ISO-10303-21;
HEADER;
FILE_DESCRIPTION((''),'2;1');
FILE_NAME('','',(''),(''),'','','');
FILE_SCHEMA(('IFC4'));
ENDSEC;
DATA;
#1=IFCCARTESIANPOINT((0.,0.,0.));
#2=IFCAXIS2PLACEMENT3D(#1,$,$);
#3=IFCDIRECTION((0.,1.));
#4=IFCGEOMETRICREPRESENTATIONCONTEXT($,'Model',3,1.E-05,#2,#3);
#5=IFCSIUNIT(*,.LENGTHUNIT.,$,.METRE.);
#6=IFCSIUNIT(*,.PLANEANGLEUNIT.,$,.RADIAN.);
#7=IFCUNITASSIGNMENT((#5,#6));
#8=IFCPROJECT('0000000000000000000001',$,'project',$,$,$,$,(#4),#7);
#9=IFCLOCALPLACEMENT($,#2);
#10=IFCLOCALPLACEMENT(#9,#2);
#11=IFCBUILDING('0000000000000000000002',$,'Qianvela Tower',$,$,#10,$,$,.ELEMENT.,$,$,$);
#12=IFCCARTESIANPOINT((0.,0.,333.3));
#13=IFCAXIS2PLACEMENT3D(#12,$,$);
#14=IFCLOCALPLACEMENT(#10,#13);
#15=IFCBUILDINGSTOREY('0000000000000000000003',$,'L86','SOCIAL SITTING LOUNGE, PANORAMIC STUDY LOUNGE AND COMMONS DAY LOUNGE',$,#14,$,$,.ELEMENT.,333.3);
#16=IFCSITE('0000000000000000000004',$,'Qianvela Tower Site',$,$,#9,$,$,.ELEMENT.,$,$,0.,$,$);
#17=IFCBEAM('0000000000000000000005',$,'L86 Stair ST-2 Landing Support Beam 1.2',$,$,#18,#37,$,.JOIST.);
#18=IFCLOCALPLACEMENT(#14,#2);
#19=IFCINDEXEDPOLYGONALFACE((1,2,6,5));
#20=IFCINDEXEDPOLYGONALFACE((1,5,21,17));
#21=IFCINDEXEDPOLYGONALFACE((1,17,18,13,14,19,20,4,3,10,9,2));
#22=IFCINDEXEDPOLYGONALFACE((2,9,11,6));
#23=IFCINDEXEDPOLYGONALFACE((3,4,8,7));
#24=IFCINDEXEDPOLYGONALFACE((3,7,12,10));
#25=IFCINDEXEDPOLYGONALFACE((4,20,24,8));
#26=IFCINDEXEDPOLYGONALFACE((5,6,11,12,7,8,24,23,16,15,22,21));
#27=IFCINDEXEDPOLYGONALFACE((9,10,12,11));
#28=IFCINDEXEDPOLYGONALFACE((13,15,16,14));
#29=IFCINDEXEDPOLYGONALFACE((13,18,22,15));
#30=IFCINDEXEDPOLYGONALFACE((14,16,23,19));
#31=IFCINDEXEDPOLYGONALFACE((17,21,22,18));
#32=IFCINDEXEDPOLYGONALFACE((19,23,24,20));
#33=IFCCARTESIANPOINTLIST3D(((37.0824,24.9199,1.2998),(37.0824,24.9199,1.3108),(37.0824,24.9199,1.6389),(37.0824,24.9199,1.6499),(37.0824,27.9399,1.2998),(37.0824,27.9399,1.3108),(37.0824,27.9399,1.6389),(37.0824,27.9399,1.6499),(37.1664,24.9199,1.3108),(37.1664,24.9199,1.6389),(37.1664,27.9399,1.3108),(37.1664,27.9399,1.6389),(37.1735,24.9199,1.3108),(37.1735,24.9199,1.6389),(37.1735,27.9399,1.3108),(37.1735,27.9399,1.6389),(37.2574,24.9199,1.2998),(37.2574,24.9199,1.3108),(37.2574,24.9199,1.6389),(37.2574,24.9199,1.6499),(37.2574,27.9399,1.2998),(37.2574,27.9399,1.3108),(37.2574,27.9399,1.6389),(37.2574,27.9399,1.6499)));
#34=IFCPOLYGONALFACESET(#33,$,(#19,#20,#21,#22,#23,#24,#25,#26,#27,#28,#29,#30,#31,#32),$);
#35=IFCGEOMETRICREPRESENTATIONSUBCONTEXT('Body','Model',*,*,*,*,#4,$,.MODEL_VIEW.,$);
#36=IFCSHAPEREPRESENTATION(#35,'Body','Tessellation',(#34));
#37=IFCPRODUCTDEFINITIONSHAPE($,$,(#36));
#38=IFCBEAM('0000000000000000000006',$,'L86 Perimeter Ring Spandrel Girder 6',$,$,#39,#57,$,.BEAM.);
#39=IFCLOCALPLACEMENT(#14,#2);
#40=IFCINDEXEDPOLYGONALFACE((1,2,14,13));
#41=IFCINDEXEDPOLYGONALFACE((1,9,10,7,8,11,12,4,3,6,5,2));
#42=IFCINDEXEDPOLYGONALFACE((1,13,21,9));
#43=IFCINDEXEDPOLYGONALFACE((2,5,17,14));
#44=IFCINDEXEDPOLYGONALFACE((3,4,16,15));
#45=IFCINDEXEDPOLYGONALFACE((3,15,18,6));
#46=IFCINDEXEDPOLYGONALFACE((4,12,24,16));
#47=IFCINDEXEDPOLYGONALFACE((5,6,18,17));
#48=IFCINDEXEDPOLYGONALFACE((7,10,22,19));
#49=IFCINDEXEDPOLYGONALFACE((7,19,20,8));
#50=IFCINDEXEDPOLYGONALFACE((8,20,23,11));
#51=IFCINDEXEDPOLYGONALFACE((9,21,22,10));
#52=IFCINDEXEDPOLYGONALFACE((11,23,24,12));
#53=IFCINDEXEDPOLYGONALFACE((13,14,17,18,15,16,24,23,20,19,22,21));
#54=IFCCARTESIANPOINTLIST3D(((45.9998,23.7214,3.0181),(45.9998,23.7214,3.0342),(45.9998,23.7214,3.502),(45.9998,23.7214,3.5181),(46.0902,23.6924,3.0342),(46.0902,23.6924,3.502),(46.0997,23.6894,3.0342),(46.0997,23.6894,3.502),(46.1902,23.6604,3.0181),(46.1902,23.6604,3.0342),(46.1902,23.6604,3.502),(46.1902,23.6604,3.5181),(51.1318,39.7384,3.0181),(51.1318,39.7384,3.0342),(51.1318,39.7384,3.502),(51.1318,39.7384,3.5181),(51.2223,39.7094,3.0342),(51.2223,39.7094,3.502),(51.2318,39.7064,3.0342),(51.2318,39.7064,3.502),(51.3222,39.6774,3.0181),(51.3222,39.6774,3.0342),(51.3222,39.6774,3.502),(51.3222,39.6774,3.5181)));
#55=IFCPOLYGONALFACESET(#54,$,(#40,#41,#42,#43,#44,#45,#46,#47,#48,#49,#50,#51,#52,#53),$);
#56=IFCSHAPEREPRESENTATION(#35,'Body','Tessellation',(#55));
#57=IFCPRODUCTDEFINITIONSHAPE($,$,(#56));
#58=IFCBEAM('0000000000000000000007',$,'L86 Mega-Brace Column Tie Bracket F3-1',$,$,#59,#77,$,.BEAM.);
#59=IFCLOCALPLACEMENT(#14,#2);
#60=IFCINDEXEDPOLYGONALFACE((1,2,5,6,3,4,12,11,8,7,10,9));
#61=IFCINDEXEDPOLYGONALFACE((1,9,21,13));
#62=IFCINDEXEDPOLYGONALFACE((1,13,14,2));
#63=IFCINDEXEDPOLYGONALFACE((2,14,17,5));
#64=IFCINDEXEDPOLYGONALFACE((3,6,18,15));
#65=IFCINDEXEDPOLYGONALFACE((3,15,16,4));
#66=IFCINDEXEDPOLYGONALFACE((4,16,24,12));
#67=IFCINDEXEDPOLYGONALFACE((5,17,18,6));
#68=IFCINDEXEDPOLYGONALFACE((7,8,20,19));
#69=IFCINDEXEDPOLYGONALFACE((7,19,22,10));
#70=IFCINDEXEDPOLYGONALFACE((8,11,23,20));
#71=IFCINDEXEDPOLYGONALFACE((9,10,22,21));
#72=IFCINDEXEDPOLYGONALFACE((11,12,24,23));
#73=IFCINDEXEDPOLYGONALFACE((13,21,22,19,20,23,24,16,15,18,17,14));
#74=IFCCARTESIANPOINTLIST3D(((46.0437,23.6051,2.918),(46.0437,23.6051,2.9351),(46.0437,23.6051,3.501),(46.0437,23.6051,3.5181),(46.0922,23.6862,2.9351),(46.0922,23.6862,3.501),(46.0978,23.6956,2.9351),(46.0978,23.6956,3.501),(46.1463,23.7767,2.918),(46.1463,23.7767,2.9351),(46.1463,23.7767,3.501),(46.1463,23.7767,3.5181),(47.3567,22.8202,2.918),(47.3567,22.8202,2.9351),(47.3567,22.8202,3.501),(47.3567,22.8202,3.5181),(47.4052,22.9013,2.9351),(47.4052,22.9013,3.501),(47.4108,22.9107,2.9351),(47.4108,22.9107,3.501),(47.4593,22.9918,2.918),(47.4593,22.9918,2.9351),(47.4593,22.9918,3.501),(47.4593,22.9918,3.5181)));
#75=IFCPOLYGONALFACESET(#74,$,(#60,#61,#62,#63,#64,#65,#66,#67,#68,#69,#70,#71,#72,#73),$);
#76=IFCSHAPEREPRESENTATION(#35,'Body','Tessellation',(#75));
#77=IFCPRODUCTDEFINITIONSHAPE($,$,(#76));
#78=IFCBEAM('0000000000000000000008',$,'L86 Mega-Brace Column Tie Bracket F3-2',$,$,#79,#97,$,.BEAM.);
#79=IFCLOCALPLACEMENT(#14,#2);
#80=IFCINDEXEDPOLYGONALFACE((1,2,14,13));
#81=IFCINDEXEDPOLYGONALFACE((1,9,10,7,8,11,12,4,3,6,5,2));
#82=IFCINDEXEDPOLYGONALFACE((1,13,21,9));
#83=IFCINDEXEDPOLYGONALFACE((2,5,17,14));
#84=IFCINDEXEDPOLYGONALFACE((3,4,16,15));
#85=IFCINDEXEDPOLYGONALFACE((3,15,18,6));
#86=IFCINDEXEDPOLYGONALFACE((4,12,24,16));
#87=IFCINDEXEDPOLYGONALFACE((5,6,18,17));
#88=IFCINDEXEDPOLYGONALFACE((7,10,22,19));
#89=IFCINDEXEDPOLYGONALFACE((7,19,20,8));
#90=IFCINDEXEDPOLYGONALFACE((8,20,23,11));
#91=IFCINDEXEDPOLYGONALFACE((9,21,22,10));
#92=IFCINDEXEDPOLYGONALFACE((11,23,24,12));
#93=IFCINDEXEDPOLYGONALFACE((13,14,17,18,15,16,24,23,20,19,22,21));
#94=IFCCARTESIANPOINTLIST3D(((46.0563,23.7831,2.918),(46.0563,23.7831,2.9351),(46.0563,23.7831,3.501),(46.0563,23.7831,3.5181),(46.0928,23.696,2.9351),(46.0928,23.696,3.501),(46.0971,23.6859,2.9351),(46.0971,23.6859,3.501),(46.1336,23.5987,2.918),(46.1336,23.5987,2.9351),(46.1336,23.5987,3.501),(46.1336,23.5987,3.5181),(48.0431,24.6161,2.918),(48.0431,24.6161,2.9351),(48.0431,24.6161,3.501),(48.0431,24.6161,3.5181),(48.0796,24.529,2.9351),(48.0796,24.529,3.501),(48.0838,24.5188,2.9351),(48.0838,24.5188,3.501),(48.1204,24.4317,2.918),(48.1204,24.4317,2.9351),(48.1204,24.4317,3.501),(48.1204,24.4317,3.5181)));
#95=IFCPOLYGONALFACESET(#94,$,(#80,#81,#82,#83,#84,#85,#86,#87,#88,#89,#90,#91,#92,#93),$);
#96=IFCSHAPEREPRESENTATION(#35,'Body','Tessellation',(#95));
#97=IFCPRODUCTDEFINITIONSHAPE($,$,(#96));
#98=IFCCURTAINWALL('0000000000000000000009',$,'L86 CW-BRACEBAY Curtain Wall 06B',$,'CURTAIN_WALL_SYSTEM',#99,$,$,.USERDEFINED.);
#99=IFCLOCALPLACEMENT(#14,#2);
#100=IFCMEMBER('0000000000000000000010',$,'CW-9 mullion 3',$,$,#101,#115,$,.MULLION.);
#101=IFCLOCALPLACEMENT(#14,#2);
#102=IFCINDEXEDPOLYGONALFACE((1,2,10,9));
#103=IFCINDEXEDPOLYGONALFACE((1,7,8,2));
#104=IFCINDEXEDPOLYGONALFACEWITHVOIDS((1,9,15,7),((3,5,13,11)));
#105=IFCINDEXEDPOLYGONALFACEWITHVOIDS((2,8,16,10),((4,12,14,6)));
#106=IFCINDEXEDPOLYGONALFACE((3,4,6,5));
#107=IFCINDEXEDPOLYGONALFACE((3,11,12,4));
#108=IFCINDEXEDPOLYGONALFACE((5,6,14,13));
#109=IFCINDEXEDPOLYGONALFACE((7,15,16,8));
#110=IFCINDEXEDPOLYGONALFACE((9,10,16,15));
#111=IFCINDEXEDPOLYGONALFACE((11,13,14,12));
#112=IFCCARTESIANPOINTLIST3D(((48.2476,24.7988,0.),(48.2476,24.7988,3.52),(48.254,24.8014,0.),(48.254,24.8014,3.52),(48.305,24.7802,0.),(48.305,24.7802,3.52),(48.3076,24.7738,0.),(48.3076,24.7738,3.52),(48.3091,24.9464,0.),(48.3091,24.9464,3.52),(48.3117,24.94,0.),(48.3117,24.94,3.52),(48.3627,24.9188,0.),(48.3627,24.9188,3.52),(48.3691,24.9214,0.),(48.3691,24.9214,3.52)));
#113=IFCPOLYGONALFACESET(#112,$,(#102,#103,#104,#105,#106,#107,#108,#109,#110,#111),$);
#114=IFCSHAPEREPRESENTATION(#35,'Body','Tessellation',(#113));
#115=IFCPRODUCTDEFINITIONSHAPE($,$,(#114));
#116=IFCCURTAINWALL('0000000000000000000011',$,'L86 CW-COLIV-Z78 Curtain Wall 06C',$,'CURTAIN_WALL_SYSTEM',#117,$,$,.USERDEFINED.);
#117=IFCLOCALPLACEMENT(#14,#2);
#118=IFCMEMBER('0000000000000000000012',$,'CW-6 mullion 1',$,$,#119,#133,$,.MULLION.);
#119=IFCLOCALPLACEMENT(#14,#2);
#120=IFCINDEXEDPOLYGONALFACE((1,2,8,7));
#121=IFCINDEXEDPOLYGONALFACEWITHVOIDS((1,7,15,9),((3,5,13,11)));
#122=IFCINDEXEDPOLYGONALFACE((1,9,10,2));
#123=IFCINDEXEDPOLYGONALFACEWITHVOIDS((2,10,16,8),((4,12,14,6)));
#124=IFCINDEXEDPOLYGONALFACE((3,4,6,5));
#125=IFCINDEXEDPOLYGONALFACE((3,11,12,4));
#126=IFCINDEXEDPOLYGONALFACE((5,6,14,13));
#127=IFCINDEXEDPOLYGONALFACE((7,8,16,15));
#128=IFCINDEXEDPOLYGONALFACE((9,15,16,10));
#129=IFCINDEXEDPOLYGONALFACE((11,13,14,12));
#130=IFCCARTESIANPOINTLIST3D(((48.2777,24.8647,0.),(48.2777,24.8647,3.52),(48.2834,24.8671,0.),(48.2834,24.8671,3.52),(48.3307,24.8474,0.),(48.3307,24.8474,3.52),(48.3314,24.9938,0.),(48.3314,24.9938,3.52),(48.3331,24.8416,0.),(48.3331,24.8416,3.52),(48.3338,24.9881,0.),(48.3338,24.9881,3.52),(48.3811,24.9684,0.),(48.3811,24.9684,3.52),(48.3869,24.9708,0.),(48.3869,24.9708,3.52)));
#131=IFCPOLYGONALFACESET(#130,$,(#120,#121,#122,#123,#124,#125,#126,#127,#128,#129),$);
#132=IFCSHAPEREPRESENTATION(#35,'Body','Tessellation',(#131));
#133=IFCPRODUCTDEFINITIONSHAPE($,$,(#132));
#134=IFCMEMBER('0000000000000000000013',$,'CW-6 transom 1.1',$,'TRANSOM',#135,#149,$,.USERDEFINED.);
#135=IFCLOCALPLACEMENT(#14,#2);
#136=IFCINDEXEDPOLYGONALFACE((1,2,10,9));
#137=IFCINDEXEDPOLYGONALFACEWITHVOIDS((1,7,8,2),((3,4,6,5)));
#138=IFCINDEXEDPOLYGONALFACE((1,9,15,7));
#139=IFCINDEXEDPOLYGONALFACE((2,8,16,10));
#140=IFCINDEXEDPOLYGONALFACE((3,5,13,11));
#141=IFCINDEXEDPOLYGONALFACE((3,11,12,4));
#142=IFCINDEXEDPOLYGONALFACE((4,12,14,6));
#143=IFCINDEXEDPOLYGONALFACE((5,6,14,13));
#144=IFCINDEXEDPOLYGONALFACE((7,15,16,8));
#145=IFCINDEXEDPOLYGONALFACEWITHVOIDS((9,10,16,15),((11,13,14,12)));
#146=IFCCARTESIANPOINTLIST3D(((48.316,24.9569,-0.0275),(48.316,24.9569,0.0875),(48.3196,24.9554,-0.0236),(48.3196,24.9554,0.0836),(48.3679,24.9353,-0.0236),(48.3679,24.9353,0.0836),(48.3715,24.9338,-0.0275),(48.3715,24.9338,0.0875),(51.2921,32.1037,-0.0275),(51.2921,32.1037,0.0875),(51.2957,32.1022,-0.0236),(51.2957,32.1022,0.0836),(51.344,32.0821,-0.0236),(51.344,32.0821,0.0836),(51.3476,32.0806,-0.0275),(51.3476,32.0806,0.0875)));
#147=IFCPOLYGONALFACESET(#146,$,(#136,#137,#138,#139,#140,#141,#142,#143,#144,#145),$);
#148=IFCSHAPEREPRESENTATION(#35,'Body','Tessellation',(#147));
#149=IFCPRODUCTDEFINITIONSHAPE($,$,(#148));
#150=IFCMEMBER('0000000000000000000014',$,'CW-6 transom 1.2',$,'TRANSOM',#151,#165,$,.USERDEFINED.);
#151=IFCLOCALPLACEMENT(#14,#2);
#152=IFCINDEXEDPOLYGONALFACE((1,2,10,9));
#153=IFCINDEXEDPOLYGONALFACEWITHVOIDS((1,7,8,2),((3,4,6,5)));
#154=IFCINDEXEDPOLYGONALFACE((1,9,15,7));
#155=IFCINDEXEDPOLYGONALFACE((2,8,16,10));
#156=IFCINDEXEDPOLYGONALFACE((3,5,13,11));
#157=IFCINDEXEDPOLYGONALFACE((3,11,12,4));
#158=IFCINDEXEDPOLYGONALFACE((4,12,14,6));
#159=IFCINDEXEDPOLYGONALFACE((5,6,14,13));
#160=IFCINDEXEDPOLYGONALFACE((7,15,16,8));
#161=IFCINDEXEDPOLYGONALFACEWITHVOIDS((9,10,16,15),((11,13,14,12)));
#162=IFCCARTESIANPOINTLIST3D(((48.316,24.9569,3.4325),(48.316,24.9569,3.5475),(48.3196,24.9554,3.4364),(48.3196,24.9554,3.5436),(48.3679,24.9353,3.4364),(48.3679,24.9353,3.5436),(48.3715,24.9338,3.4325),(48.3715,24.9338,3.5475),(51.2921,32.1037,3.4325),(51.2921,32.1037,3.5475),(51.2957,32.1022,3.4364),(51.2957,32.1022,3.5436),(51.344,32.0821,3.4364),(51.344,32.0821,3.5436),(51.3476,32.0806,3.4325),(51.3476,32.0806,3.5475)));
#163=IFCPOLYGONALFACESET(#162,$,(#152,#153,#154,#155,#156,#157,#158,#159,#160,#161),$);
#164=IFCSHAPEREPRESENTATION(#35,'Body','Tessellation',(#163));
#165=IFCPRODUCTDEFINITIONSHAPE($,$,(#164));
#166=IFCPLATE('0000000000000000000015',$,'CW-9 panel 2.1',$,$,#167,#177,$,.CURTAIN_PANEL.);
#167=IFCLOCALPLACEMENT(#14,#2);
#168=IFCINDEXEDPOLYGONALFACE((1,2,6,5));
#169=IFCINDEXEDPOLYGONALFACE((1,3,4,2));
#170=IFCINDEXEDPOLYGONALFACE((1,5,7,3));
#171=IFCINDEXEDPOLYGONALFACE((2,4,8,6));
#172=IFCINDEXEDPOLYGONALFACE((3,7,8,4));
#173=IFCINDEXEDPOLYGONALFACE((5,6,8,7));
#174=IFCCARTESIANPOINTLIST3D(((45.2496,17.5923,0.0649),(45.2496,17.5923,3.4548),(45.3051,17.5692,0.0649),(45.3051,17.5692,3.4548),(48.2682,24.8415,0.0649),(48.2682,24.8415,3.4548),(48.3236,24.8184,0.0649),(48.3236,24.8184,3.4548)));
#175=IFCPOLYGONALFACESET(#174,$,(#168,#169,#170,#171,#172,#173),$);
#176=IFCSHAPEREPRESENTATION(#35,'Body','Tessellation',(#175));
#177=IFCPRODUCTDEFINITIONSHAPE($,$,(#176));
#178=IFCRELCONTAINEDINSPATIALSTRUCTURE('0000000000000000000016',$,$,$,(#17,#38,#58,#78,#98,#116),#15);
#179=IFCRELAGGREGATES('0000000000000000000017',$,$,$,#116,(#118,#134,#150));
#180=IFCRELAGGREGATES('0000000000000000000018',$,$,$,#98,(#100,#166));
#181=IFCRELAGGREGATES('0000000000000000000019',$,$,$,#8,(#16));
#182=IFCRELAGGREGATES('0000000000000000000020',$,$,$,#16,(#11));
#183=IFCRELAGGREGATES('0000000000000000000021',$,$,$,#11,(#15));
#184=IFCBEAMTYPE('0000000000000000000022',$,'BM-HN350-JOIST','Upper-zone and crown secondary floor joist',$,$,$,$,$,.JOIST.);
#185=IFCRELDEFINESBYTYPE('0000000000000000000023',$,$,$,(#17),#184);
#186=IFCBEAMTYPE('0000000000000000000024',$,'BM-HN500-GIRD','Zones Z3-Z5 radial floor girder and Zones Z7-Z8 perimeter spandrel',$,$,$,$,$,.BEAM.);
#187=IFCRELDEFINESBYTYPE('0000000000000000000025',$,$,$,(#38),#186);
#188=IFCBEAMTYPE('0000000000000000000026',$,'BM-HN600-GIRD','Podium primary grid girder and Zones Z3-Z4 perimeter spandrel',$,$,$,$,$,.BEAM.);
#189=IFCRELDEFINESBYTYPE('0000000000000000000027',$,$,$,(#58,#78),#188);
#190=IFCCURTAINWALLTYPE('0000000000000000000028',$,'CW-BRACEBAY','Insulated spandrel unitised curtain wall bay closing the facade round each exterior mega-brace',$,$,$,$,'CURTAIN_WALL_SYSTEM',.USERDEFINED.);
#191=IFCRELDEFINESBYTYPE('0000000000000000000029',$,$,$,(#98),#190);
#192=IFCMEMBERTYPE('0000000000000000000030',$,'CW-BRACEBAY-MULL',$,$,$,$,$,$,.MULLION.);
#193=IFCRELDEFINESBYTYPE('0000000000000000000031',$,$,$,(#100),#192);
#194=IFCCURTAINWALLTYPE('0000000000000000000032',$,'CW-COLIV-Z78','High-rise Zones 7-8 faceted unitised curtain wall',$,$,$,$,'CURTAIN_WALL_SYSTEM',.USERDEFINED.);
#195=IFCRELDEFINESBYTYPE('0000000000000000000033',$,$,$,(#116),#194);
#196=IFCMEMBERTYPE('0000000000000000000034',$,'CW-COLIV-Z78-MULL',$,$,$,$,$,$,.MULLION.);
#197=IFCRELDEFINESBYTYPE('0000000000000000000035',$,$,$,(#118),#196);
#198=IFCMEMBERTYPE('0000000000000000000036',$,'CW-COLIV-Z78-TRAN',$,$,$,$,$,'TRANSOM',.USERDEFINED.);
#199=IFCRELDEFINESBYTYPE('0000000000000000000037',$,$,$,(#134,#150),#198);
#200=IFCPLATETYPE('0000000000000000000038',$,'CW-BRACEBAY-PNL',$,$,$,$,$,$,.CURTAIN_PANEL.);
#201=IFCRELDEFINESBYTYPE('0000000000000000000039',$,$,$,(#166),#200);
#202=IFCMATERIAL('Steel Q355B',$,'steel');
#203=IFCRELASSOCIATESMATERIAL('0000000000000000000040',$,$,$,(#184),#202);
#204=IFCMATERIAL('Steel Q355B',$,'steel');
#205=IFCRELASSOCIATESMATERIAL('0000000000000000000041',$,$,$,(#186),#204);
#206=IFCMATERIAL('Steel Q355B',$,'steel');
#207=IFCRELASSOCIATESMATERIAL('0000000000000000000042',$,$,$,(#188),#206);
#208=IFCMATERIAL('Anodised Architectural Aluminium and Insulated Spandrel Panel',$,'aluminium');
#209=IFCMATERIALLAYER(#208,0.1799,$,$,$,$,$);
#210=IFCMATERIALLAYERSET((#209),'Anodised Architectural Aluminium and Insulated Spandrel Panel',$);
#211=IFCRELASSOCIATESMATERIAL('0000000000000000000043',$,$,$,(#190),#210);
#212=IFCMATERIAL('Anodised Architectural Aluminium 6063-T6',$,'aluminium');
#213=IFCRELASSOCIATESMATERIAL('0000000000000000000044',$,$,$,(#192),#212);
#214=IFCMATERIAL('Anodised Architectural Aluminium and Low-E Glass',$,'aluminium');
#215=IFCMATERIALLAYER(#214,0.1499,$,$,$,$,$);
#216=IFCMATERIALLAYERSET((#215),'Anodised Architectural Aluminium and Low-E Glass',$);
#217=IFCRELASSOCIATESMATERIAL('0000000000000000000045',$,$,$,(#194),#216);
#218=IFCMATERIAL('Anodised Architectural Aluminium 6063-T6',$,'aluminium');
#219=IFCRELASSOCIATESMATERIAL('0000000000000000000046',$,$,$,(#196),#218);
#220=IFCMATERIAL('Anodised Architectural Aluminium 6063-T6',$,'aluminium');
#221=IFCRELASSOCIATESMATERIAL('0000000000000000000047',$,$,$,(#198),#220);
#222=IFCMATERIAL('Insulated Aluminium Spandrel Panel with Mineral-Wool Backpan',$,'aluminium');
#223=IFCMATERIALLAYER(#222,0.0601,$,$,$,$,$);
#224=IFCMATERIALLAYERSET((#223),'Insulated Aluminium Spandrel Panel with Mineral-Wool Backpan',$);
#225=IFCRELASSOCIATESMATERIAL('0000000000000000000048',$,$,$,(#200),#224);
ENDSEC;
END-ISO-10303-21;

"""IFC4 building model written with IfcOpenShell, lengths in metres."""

from ifc_helpers import new_model, si_unit, direction, frame, origin, origin_2d, place, context, subcontext, project, spatial, rectangle, hollow_rectangle, i_section, extrude, material, layer, layer_set, material_profile, profile_set, type_object, element, aggregate, save


model = new_model("IFC4")

# Units and contexts
model_context = context("Model", 3, precision=1e-05, world=origin(), true_north=direction((0.0, 1.0)))
body_context = subcontext(model_context, "Body", "Model", "MODEL_VIEW")
ifc_project = project(units=[si_unit("LENGTHUNIT", "METRE"), si_unit("PLANEANGLEUNIT", "RADIAN")], contexts=[model_context])

# Site, building, storey
site_placement = place(None, origin())
site = spatial("IfcSite", under=ifc_project, at=site_placement, Name="Qianvela Tower Site", CompositionType="ELEMENT", RefElevation=0.0)
building_placement = place(site_placement, origin())
building = spatial("IfcBuilding", under=site, at=building_placement, Name="Qianvela Tower", CompositionType="ELEMENT")
storey_placement = place(building_placement, frame((0.0, 0.0, 333.3)))
storey = spatial("IfcBuildingStorey", under=building, at=storey_placement, Name="L86", Description="SOCIAL SITTING LOUNGE, PANORAMIC STUDY LOUNGE AND COMMONS DAY LOUNGE", CompositionType="ELEMENT", Elevation=333.3)

# Beams
ifc_material_1 = material(Name="Steel Q355B", Category="steel")
ifc_material_profile_1 = material_profile(ifc_material_1, i_section(OverallWidth=0.175, OverallDepth=0.3501, WebThickness=0.0071, FlangeThickness=0.011, at=origin_2d()), Name="HN350x175x7x11")
ifc_profile_set_1 = profile_set([ifc_material_profile_1], Name="Steel Q355B")
beam_type_1 = type_object("IfcBeamType", Name="BM-HN350-JOIST", Description="Upper-zone and crown secondary floor joist", PredefinedType="JOIST", material=ifc_profile_set_1)
for number, where, z_axis, x_axis, name in (
    (1, (37.1699, 24.9199, 1.4749), (0.0, 1.0, 0.0), (-1.0, 0.0, 0.0), "L86 Stair ST-2 Landing Support Beam 1.2"),
):
    element("IfcBeam", number, at=place(storey_placement, frame(where, z_axis=z_axis, x_axis=x_axis)), inside=storey, type_object=beam_type_1, Name=name, PredefinedType="JOIST", context=body_context, shape_type="SweptSolid", body=[
        extrude(i_section(OverallWidth=0.175, OverallDepth=0.3501, WebThickness=0.0071, FlangeThickness=0.011, at=origin_2d()), origin(), (0.0, 0.0, 1.0), 3.02),
    ])
ifc_material_2 = material(Name="Steel Q355B", Category="steel")
ifc_material_profile_2 = material_profile(ifc_material_2, i_section(OverallWidth=0.2, OverallDepth=0.5, WebThickness=0.01, FlangeThickness=0.0161, at=origin_2d()), Name="HN500x200x10x16")
ifc_profile_set_2 = profile_set([ifc_material_profile_2], Name="Steel Q355B")
beam_type_2 = type_object("IfcBeamType", Name="BM-HN500-GIRD", Description="Zones Z3-Z5 radial floor girder and Zones Z7-Z8 perimeter spandrel", PredefinedType="BEAM", material=ifc_profile_set_2)
beam_1_placement = place(storey_placement, frame((46.095, 23.6909, 3.2681), z_axis=(0.305132, 0.95231, 0.0), x_axis=(-0.95231, 0.305132, 0.0)))
element("IfcBeam", 2, at=beam_1_placement, inside=storey, type_object=beam_type_2, Name="L86 Perimeter Ring Spandrel Girder 6", PredefinedType="BEAM", context=body_context, shape_type="SweptSolid", body=[
    extrude(i_section(OverallWidth=0.2, OverallDepth=0.5, WebThickness=0.01, FlangeThickness=0.0161, at=origin_2d()), origin(), (0.0, 0.0, 1.0), 16.8191),
])
ifc_material_3 = material(Name="Steel Q355B", Category="steel")
ifc_material_profile_3 = material_profile(ifc_material_3, i_section(OverallWidth=0.2, OverallDepth=0.6001, WebThickness=0.011, FlangeThickness=0.0171, at=origin_2d()), Name="HN600x200x11x17")
ifc_profile_set_3 = profile_set([ifc_material_profile_3], Name="Steel Q355B")
beam_type_3 = type_object("IfcBeamType", Name="BM-HN600-GIRD", Description="Podium primary grid girder and Zones Z3-Z4 perimeter spandrel", PredefinedType="BEAM", material=ifc_profile_set_3)
beam_2_placement = place(storey_placement, frame((46.095, 23.6909, 3.218), z_axis=(0.858323, -0.51311, 0.0), x_axis=(0.51311, 0.858323, 0.0)))
element("IfcBeam", 3, at=beam_2_placement, inside=storey, type_object=beam_type_3, Name="L86 Mega-Brace Column Tie Bracket F3-1", PredefinedType="BEAM", context=body_context, shape_type="SweptSolid", body=[
    extrude(i_section(OverallWidth=0.2, OverallDepth=0.6001, WebThickness=0.011, FlangeThickness=0.0171, at=origin_2d()), origin(), (0.0, 0.0, 1.0), 1.5298),
])
beam_3_placement = place(storey_placement, frame((46.095, 23.6909, 3.218), z_axis=(0.922223, 0.386658, 0.0), x_axis=(-0.386658, 0.922223, 0.0)))
element("IfcBeam", 4, at=beam_3_placement, inside=storey, type_object=beam_type_3, Name="L86 Mega-Brace Column Tie Bracket F3-2", PredefinedType="BEAM", context=body_context, shape_type="SweptSolid", body=[
    extrude(i_section(OverallWidth=0.2, OverallDepth=0.6001, WebThickness=0.011, FlangeThickness=0.0171, at=origin_2d()), origin(), (0.0, 0.0, 1.0), 2.1543),
])

# Curtain wall, member
ifc_material_4 = material(Name="Anodised Architectural Aluminium and Insulated Spandrel Panel", Category="aluminium")
ifc_layer_1 = layer(ifc_material_4, 0.1799)
ifc_layer_set_1 = layer_set([ifc_layer_1], Name="Anodised Architectural Aluminium and Insulated Spandrel Panel")
curtain_wall_type_1 = type_object("IfcCurtainWallType", Name="CW-BRACEBAY", Description="Insulated spandrel unitised curtain wall bay closing the facade round each exterior mega-brace", ElementType="CURTAIN_WALL_SYSTEM", PredefinedType="USERDEFINED", material=ifc_layer_set_1)
curtain_wall_1_placement = place(storey_placement, origin())
curtain_wall_1 = element("IfcCurtainWall", 5, at=curtain_wall_1_placement, inside=storey, type_object=curtain_wall_type_1, Name="L86 CW-BRACEBAY Curtain Wall 06B", ObjectType="CURTAIN_WALL_SYSTEM", PredefinedType="USERDEFINED")
ifc_material_5 = material(Name="Anodised Architectural Aluminium 6063-T6", Category="aluminium")
ifc_material_profile_4 = material_profile(ifc_material_5, hollow_rectangle(XDim=0.0649, YDim=0.1599, WallThickness=0.0049, at=origin_2d()), Name="ALU-MULL-65x160")
ifc_profile_set_4 = profile_set([ifc_material_profile_4], Name="Anodised Architectural Aluminium 6063-T6")
member_type_1 = type_object("IfcMemberType", Name="CW-BRACEBAY-MULL", PredefinedType="MULLION", material=ifc_profile_set_4)
member_1_placement = place(storey_placement, frame((48.3083, 24.8601, 0.0), z_axis=(0.0, 0.0, 1.0), x_axis=(-0.923163, 0.384409, 0.0)))
member_1 = element("IfcMember", 6, at=member_1_placement, type_object=member_type_1, Name="CW-9 mullion 3", PredefinedType="MULLION", context=body_context, shape_type="SweptSolid", body=[
    extrude(hollow_rectangle(XDim=0.0649, YDim=0.1599, WallThickness=0.0049, at=origin_2d()), origin(), (0.0, 0.0, 1.0), 3.52),
])

# Curtain wall, members
ifc_material_6 = material(Name="Anodised Architectural Aluminium and Low-E Glass", Category="aluminium")
ifc_layer_2 = layer(ifc_material_6, 0.1499)
ifc_layer_set_2 = layer_set([ifc_layer_2], Name="Anodised Architectural Aluminium and Low-E Glass")
curtain_wall_type_2 = type_object("IfcCurtainWallType", Name="CW-COLIV-Z78", Description="High-rise Zones 7-8 faceted unitised curtain wall", ElementType="CURTAIN_WALL_SYSTEM", PredefinedType="USERDEFINED", material=ifc_layer_set_2)
curtain_wall_2_placement = place(storey_placement, origin())
curtain_wall_2 = element("IfcCurtainWall", 7, at=curtain_wall_2_placement, inside=storey, type_object=curtain_wall_type_2, Name="L86 CW-COLIV-Z78 Curtain Wall 06C", ObjectType="CURTAIN_WALL_SYSTEM", PredefinedType="USERDEFINED")
ifc_material_7 = material(Name="Anodised Architectural Aluminium 6063-T6", Category="aluminium")
ifc_material_profile_5 = material_profile(ifc_material_7, hollow_rectangle(XDim=0.0601, YDim=0.1399, WallThickness=0.0044, at=origin_2d()), Name="ALU-MULL-60x140")
ifc_profile_set_5 = profile_set([ifc_material_profile_5], Name="Anodised Architectural Aluminium 6063-T6")
member_type_2 = type_object("IfcMemberType", Name="CW-COLIV-Z78-MULL", PredefinedType="MULLION", material=ifc_profile_set_5)
member_2_placement = place(storey_placement, frame((48.3323, 24.9177, 0.0), z_axis=(0.0, 0.0, 1.0), x_axis=(-0.923161, 0.384415, 0.0)))
member_2 = element("IfcMember", 8, at=member_2_placement, type_object=member_type_2, Name="CW-6 mullion 1", PredefinedType="MULLION", context=body_context, shape_type="SweptSolid", body=[
    extrude(hollow_rectangle(XDim=0.0601, YDim=0.1399, WallThickness=0.0044, at=origin_2d()), origin(), (0.0, 0.0, 1.0), 3.52),
])
ifc_material_8 = material(Name="Anodised Architectural Aluminium 6063-T6", Category="aluminium")
ifc_material_profile_6 = material_profile(ifc_material_8, hollow_rectangle(XDim=0.0601, YDim=0.115, WallThickness=0.0039, at=origin_2d()), Name="ALU-TRAN-60x115")
ifc_profile_set_6 = profile_set([ifc_material_profile_6], Name="Anodised Architectural Aluminium 6063-T6")
member_type_3 = type_object("IfcMemberType", Name="CW-COLIV-Z78-TRAN", ElementType="TRANSOM", PredefinedType="USERDEFINED", material=ifc_profile_set_6)
member_3_placement = place(storey_placement, frame((48.3438, 24.9453, 0.03), z_axis=(0.384425, 0.923156, 0.0), x_axis=(-0.923156, 0.384425, 0.0)))
member_3 = element("IfcMember", 9, at=member_3_placement, type_object=member_type_3, Name="CW-6 transom 1.1", ObjectType="TRANSOM", PredefinedType="USERDEFINED", context=body_context, shape_type="SweptSolid", body=[
    extrude(hollow_rectangle(XDim=0.0601, YDim=0.115, WallThickness=0.0039, at=origin_2d()), origin(), (0.0, 0.0, 1.0), 7.7417),
])
member_4_placement = place(storey_placement, frame((48.3438, 24.9453, 3.49), z_axis=(0.384425, 0.923156, 0.0), x_axis=(-0.923156, 0.384425, 0.0)))
member_4 = element("IfcMember", 10, at=member_4_placement, type_object=member_type_3, Name="CW-6 transom 1.2", ObjectType="TRANSOM", PredefinedType="USERDEFINED", context=body_context, shape_type="SweptSolid", body=[
    extrude(hollow_rectangle(XDim=0.0601, YDim=0.115, WallThickness=0.0039, at=origin_2d()), origin(), (0.0, 0.0, 1.0), 7.7417),
])
aggregate(curtain_wall_2, [member_2, member_3, member_4])

# Plate
ifc_material_9 = material(Name="Insulated Aluminium Spandrel Panel with Mineral-Wool Backpan", Category="aluminium")
ifc_layer_3 = layer(ifc_material_9, 0.0601)
ifc_layer_set_3 = layer_set([ifc_layer_3], Name="Insulated Aluminium Spandrel Panel with Mineral-Wool Backpan")
plate_type_1 = type_object("IfcPlateType", Name="CW-BRACEBAY-PNL", PredefinedType="CURTAIN_PANEL", material=ifc_layer_set_3)
plate_placement = place(storey_placement, frame((46.7866, 21.2053, 0.0649), z_axis=(0.0, 0.0, 1.0), x_axis=(0.384409, 0.923163, 0.0)))
plate = element("IfcPlate", 11, at=plate_placement, type_object=plate_type_1, Name="CW-9 panel 2.1", PredefinedType="CURTAIN_PANEL", context=body_context, shape_type="SweptSolid", body=[
    extrude(rectangle(XDim=7.8525, YDim=0.0601, at=origin_2d()), origin(), (0.0, 0.0, 1.0), 3.3899),
])
aggregate(curtain_wall_1, [member_1, plate])

save(model, "model.ifc")
